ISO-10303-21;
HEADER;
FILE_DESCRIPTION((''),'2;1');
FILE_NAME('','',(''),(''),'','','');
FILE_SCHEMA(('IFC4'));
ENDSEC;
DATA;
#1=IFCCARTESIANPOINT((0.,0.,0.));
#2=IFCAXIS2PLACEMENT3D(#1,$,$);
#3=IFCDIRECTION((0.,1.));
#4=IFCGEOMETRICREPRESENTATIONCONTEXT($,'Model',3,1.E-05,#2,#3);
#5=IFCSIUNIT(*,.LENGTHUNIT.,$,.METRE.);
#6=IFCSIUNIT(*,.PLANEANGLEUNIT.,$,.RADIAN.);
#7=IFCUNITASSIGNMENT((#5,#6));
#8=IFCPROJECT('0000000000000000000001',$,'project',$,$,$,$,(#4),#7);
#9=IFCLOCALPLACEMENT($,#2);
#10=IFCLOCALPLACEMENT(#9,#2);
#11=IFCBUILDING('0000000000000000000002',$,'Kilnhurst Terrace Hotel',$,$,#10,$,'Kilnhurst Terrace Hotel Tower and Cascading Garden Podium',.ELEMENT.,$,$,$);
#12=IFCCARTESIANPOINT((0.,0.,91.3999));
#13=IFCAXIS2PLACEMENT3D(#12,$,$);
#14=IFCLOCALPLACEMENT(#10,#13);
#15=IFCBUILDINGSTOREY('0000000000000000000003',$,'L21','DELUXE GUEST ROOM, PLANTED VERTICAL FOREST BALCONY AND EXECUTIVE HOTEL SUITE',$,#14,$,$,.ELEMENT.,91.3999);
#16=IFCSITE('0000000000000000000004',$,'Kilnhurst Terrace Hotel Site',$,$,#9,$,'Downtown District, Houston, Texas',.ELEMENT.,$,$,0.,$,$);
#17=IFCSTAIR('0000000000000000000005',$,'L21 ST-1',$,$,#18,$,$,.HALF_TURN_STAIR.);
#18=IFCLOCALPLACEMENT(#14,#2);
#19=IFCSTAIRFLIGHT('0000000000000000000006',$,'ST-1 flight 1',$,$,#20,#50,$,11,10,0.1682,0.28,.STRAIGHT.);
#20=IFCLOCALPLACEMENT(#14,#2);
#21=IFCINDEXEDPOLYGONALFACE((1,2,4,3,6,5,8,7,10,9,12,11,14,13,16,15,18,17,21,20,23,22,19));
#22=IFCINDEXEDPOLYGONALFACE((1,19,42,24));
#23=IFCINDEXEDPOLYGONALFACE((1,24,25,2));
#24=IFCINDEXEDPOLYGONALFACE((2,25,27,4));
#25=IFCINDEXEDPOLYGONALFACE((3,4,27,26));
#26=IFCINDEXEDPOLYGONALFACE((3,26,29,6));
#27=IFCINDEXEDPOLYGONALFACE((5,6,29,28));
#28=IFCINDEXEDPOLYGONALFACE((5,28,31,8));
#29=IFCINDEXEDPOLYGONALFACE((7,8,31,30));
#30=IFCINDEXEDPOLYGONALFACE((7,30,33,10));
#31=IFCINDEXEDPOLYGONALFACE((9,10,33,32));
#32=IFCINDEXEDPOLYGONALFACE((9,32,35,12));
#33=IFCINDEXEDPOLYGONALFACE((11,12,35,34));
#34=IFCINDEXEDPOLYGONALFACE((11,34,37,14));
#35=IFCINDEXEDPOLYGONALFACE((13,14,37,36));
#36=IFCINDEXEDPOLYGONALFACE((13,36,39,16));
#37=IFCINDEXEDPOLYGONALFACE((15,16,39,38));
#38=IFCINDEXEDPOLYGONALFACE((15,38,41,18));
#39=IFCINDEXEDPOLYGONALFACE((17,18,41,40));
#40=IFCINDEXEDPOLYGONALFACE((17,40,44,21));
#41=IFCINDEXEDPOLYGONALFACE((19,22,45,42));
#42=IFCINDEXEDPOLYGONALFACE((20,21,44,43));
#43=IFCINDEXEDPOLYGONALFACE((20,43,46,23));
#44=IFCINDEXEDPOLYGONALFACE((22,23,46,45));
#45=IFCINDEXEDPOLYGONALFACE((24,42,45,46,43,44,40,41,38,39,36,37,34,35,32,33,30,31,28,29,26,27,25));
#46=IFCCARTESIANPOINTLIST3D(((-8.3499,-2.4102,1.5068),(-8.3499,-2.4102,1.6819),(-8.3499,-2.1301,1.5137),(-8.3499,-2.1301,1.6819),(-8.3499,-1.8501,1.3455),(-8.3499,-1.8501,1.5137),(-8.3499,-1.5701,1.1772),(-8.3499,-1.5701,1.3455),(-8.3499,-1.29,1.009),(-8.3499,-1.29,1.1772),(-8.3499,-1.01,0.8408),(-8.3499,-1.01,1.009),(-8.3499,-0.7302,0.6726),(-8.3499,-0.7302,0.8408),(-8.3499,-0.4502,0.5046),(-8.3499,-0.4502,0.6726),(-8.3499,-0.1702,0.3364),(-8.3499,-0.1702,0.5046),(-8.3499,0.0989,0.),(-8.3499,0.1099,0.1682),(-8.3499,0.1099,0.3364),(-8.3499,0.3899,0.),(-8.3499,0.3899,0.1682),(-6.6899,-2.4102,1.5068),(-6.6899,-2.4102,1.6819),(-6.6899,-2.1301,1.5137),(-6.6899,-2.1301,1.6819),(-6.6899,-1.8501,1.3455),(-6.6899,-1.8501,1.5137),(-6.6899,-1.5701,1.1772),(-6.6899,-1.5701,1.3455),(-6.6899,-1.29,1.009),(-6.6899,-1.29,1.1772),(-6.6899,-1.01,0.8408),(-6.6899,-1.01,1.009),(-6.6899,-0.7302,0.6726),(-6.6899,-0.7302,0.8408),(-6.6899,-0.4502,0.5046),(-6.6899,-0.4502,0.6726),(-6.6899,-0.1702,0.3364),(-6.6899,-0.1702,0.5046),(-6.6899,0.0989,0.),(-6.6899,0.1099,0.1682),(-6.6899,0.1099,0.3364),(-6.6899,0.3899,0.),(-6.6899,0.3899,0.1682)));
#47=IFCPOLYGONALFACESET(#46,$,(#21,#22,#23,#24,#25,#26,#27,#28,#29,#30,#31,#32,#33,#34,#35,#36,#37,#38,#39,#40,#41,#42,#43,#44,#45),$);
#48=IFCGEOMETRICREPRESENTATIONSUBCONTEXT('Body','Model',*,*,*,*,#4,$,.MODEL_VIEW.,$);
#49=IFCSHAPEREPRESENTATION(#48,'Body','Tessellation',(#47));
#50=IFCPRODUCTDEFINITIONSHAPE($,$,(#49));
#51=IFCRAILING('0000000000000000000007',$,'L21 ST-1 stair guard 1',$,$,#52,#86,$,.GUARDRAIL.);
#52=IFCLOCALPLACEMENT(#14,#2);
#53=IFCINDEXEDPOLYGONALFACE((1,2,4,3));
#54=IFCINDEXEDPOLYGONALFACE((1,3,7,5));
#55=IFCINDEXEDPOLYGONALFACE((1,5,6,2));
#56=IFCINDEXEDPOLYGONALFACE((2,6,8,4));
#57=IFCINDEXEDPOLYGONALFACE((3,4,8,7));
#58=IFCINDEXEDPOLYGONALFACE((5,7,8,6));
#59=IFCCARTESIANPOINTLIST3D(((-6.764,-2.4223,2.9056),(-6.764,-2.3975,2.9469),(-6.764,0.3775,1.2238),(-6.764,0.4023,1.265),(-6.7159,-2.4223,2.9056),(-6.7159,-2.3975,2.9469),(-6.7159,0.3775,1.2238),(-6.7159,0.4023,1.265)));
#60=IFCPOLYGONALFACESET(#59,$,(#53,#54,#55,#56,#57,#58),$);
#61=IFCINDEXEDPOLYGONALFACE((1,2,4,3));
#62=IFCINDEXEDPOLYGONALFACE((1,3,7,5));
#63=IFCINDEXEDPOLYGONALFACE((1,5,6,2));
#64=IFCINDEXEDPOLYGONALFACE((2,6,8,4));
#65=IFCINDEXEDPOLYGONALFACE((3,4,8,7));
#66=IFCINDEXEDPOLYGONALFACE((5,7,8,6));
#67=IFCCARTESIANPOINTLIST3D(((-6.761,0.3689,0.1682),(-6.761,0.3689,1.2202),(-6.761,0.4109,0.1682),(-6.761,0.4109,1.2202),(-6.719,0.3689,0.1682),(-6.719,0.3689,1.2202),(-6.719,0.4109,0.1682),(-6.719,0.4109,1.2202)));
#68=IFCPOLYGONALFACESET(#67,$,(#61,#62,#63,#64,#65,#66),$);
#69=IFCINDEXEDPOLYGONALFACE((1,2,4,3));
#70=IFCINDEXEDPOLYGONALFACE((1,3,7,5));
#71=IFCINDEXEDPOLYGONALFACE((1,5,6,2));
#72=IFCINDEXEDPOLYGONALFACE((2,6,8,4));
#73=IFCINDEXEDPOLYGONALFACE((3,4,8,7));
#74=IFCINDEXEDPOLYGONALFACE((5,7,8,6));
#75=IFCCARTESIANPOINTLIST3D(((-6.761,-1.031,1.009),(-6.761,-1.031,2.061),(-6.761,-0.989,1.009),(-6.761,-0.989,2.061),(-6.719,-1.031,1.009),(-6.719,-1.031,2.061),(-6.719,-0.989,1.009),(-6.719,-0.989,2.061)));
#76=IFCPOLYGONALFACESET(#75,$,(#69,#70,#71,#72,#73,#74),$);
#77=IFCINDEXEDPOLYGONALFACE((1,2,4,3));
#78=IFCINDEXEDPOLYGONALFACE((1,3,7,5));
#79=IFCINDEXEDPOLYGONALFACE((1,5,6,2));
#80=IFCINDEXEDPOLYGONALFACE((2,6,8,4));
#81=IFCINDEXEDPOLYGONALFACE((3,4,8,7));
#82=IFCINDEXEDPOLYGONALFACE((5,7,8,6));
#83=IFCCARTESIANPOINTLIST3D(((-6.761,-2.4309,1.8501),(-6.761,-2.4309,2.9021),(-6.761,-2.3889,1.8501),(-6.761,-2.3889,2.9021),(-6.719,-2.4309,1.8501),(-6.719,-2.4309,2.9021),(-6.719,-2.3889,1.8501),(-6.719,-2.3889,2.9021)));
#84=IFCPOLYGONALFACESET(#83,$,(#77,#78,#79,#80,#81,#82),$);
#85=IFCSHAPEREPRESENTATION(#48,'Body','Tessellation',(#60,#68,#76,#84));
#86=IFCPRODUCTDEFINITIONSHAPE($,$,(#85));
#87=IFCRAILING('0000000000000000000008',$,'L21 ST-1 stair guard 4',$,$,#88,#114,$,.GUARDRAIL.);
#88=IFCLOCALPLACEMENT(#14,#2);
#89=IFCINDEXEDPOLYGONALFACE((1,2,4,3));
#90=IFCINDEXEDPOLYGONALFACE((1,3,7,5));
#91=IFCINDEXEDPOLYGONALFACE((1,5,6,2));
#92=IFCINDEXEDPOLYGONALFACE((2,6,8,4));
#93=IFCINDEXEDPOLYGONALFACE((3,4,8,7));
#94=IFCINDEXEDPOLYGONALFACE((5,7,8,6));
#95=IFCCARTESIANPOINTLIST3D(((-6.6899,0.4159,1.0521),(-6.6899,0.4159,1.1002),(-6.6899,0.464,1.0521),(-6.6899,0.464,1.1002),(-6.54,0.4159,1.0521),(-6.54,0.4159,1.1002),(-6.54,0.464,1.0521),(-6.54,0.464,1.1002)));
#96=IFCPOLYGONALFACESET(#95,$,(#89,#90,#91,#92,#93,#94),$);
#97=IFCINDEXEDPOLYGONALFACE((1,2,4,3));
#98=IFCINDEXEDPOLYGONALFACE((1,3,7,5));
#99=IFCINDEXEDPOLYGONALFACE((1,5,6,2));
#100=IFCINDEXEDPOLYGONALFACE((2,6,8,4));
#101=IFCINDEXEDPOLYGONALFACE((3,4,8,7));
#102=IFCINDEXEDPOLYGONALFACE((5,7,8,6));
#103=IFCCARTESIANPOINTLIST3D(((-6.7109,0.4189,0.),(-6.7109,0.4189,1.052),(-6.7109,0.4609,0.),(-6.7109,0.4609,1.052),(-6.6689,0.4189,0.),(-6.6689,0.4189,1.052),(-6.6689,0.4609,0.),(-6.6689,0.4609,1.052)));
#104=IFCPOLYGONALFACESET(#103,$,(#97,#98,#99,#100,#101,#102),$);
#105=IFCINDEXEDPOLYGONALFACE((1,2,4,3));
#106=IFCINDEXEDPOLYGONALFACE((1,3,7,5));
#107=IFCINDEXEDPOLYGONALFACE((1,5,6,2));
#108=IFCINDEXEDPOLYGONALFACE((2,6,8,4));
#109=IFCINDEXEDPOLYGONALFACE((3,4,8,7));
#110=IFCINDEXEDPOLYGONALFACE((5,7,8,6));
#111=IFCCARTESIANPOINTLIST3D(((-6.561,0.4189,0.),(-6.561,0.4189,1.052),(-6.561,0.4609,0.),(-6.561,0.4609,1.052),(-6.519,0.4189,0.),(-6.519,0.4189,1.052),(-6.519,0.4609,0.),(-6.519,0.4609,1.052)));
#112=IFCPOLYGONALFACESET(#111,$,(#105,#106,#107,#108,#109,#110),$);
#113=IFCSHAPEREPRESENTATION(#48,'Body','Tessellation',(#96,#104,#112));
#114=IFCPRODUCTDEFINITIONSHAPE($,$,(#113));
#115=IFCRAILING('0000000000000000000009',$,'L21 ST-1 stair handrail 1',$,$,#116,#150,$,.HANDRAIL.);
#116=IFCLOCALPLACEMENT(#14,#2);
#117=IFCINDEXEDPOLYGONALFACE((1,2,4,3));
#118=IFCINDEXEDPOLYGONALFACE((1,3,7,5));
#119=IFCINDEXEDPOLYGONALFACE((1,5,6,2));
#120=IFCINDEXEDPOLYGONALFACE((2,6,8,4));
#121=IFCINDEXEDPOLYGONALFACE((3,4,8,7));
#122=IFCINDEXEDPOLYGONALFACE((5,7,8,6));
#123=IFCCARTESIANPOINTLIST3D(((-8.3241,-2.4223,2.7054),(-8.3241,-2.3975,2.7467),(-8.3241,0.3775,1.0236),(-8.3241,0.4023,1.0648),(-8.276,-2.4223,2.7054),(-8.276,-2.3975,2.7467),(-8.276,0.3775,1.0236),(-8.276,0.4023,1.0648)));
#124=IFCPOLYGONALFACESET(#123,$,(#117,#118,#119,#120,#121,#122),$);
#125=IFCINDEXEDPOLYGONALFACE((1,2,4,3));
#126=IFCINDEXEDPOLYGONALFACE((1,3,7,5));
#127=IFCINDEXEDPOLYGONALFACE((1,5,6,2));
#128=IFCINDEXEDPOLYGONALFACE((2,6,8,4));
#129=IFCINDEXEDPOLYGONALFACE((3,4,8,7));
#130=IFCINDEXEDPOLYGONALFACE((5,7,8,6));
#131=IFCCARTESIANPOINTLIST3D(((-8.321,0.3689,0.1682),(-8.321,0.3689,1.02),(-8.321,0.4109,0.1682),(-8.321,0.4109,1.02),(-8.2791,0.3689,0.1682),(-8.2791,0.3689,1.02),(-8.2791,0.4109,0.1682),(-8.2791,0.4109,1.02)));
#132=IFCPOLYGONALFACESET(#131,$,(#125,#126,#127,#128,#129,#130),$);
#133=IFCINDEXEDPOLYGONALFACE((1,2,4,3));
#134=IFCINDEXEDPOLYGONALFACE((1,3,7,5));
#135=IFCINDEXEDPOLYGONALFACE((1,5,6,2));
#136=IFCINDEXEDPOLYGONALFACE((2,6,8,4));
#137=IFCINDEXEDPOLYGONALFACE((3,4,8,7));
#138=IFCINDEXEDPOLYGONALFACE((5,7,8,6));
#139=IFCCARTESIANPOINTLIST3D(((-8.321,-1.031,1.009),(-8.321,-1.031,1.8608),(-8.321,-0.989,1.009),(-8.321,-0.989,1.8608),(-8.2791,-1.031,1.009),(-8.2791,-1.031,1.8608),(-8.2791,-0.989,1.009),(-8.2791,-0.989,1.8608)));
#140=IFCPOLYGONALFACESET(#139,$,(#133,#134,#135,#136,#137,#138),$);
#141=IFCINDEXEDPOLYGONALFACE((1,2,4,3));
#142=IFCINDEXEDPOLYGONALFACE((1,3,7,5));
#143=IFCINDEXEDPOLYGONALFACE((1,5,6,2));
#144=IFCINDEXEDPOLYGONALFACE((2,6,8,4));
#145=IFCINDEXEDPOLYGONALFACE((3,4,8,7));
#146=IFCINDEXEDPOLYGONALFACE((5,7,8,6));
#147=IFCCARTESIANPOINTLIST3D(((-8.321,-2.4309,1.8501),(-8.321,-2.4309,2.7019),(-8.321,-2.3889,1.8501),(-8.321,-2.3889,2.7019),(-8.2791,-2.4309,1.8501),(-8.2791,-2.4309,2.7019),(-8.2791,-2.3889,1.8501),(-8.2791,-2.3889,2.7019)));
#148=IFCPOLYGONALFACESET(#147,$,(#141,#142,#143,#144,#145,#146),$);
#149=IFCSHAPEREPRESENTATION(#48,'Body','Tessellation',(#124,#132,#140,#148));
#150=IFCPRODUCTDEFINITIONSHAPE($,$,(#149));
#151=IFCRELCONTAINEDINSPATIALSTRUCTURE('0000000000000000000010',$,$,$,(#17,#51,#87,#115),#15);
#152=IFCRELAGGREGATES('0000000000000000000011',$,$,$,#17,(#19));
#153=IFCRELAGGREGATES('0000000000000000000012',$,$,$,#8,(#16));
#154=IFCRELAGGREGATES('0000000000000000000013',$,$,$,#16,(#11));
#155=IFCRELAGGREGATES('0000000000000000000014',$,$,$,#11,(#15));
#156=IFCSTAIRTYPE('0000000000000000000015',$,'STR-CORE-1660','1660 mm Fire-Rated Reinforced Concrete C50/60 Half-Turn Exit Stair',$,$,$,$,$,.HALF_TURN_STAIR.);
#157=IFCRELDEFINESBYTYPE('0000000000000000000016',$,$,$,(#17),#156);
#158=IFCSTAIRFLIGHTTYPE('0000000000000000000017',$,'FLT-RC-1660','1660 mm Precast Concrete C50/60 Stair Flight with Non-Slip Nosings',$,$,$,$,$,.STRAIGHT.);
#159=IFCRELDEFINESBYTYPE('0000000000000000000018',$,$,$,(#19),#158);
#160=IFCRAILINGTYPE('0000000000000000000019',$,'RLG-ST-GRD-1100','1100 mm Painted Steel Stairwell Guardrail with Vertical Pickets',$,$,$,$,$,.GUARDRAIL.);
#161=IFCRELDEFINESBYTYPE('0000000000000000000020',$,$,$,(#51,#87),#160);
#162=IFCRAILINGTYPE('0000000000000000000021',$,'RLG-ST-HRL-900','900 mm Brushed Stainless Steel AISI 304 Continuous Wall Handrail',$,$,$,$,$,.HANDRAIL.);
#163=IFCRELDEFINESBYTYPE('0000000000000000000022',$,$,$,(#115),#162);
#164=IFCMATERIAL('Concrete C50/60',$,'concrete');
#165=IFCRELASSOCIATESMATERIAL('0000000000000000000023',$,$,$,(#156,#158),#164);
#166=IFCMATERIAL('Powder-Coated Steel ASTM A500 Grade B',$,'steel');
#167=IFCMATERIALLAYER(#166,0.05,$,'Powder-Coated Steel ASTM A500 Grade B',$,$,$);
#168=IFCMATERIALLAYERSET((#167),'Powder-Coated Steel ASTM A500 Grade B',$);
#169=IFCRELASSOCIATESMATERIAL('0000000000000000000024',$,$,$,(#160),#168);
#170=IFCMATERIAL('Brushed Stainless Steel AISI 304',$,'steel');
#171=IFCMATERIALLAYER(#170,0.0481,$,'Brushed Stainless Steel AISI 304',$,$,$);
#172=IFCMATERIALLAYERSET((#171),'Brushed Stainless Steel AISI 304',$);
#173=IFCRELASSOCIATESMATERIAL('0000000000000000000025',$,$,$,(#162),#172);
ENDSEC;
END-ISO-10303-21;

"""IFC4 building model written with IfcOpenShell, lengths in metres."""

from ifc_helpers import new_model, si_unit, direction, frame, origin, origin_2d, place, context, subcontext, project, spatial, polyline, rectangle, outline, extrude, material, layer, layer_set, type_object, element, aggregate, save


model = new_model("IFC4")

# Units and contexts
model_context = context("Model", 3, precision=1e-05, world=origin(), true_north=direction((0.0, 1.0)))
body_context = subcontext(model_context, "Body", "Model", "MODEL_VIEW")
ifc_project = project(units=[si_unit("LENGTHUNIT", "METRE"), si_unit("PLANEANGLEUNIT", "RADIAN")], contexts=[model_context])

# Site, building, storey
site_placement = place(None, origin())
site = spatial("IfcSite", under=ifc_project, at=site_placement, Name="Kilnhurst Terrace Hotel Site", LongName="Downtown District, Houston, Texas", CompositionType="ELEMENT", RefElevation=0.0)
building_placement = place(site_placement, origin())
building = spatial("IfcBuilding", under=site, at=building_placement, Name="Kilnhurst Terrace Hotel", LongName="Kilnhurst Terrace Hotel Tower and Cascading Garden Podium", CompositionType="ELEMENT")
storey_placement = place(building_placement, frame((0.0, 0.0, 91.3999)))
storey = spatial("IfcBuildingStorey", under=building, at=storey_placement, Name="L21", Description="DELUXE GUEST ROOM, PLANTED VERTICAL FOREST BALCONY AND EXECUTIVE HOTEL SUITE", CompositionType="ELEMENT", Elevation=91.3999)

# Shared definitions
ifc_material_1 = material(Name="Concrete C50/60", Category="concrete")

# Stair, stair flight
stair_type = type_object("IfcStairType", Name="STR-CORE-1660", Description="1660 mm Fire-Rated Reinforced Concrete C50/60 Half-Turn Exit Stair", PredefinedType="HALF_TURN_STAIR", material=ifc_material_1)
stair_placement = place(storey_placement, origin())
stair = element("IfcStair", 1, at=stair_placement, inside=storey, type_object=stair_type, Name="L21 ST-1", PredefinedType="HALF_TURN_STAIR")
stair_flight_type = type_object("IfcStairFlightType", Name="FLT-RC-1660", Description="1660 mm Precast Concrete C50/60 Stair Flight with Non-Slip Nosings", PredefinedType="STRAIGHT", material=ifc_material_1)
stair_flight_placement = place(storey_placement, frame((-7.52, 0.3899, 0.0), z_axis=(0.0, 0.0, 1.0), x_axis=(0.0, -1.0, 0.0)))
stair_flight = element("IfcStairFlight", 2, at=stair_flight_placement, type_object=stair_flight_type, Name="ST-1 flight 1", NumberOfRisers=11, NumberOfTreads=10, PredefinedType="STRAIGHT", RiserHeight=0.1682, TreadLength=0.28, context=body_context, shape_type="SweptSolid", body=[
    extrude(outline(polyline([(0.0, 0.0), (0.0, 0.1682), (0.28, 0.1682), (0.28, 0.3364), (0.5601, 0.3364), (0.5601, 0.5046), (0.8401, 0.5046), (0.8401, 0.6726), (1.1201, 0.6726), (1.1201, 0.8408), (1.3999, 0.8408), (1.3999, 1.009), (1.6799, 1.009), (1.6799, 1.1772), (1.96, 1.1772), (1.96, 1.3455), (2.24, 1.3455), (2.24, 1.5137), (2.52, 1.5137), (2.52, 1.6819), (2.8, 1.6819), (2.8, 1.8501), (2.8, 1.5068), (0.291, 0.0), (0.0, 0.0)])), frame((0.0, 0.8301, 0.0), z_axis=(0.0, -1.0, 0.0), x_axis=(1.0, 0.0, 0.0)), (0.0, 0.0, 1.0), 1.6599),
])
aggregate(stair, [stair_flight])

# Railings
ifc_material_2 = material(Name="Powder-Coated Steel ASTM A500 Grade B", Category="steel")
ifc_layer_1 = layer(ifc_material_2, 0.05, Name="Powder-Coated Steel ASTM A500 Grade B")
ifc_layer_set_1 = layer_set([ifc_layer_1], Name="Powder-Coated Steel ASTM A500 Grade B")
railing_type_1 = type_object("IfcRailingType", Name="RLG-ST-GRD-1100", Description="1100 mm Painted Steel Stairwell Guardrail with Vertical Pickets", PredefinedType="GUARDRAIL", material=ifc_layer_set_1)
railing_1_placement = place(storey_placement, frame((-6.74, 0.3899, 0.1682)))
element("IfcRailing", 3, at=railing_1_placement, inside=storey, type_object=railing_type_1, Name="L21 ST-1 stair guard 1", PredefinedType="GUARDRAIL", context=body_context, shape_type="SweptSolid", body=[
    extrude(rectangle(XDim=0.0481, YDim=0.0481, at=origin_2d()), frame((0.0, 0.0, 1.0762), z_axis=(0.0, -0.857222, 0.514946), x_axis=(1.0, 0.0, 0.0)), (0.0, 0.0, 1.0), 3.2661),
    extrude(rectangle(XDim=0.042, YDim=0.042, at=origin_2d()), origin(), (0.0, 0.0, 1.0), 1.052),
    extrude(rectangle(XDim=0.042, YDim=0.042, at=origin_2d()), frame((0.0, -1.3999, 0.8408)), (0.0, 0.0, 1.0), 1.052),
    extrude(rectangle(XDim=0.042, YDim=0.042, at=origin_2d()), frame((0.0, -2.7998, 1.6819)), (0.0, 0.0, 1.0), 1.052),
])
railing_2_placement = place(storey_placement, frame((-6.6899, 0.4399, 0.0)))
element("IfcRailing", 4, at=railing_2_placement, inside=storey, type_object=railing_type_1, Name="L21 ST-1 stair guard 4", PredefinedType="GUARDRAIL", context=body_context, shape_type="SweptSolid", body=[
    extrude(rectangle(XDim=0.0481, YDim=0.0481, at=origin_2d()), frame((0.0, 0.0, 1.0762), z_axis=(1.0, 0.0, 0.0), x_axis=(0.0, 1.0, 0.0)), (0.0, 0.0, 1.0), 0.1499),
    extrude(rectangle(XDim=0.042, YDim=0.042, at=origin_2d()), origin(), (0.0, 0.0, 1.0), 1.052),
    extrude(rectangle(XDim=0.042, YDim=0.042, at=origin_2d()), frame((0.1499, 0.0, 0.0)), (0.0, 0.0, 1.0), 1.052),
])
ifc_material_3 = material(Name="Brushed Stainless Steel AISI 304", Category="steel")
ifc_layer_2 = layer(ifc_material_3, 0.0481, Name="Brushed Stainless Steel AISI 304")
ifc_layer_set_2 = layer_set([ifc_layer_2], Name="Brushed Stainless Steel AISI 304")
railing_type_2 = type_object("IfcRailingType", Name="RLG-ST-HRL-900", Description="900 mm Brushed Stainless Steel AISI 304 Continuous Wall Handrail", PredefinedType="HANDRAIL", material=ifc_layer_set_2)
railing_3_placement = place(storey_placement, frame((-8.3, 0.3899, 0.1682)))
element("IfcRailing", 5, at=railing_3_placement, inside=storey, type_object=railing_type_2, Name="L21 ST-1 stair handrail 1", PredefinedType="HANDRAIL", context=body_context, shape_type="SweptSolid", body=[
    extrude(rectangle(XDim=0.0481, YDim=0.0481, at=origin_2d()), frame((0.0, 0.0, 0.876), z_axis=(0.0, -0.857222, 0.514946), x_axis=(1.0, 0.0, 0.0)), (0.0, 0.0, 1.0), 3.2661),
    extrude(rectangle(XDim=0.042, YDim=0.042, at=origin_2d()), origin(), (0.0, 0.0, 1.0), 0.8518),
    extrude(rectangle(XDim=0.042, YDim=0.042, at=origin_2d()), frame((0.0, -1.3999, 0.8408)), (0.0, 0.0, 1.0), 0.8518),
    extrude(rectangle(XDim=0.042, YDim=0.042, at=origin_2d()), frame((0.0, -2.7998, 1.6819)), (0.0, 0.0, 1.0), 0.8518),
])

save(model, "model.ifc")
